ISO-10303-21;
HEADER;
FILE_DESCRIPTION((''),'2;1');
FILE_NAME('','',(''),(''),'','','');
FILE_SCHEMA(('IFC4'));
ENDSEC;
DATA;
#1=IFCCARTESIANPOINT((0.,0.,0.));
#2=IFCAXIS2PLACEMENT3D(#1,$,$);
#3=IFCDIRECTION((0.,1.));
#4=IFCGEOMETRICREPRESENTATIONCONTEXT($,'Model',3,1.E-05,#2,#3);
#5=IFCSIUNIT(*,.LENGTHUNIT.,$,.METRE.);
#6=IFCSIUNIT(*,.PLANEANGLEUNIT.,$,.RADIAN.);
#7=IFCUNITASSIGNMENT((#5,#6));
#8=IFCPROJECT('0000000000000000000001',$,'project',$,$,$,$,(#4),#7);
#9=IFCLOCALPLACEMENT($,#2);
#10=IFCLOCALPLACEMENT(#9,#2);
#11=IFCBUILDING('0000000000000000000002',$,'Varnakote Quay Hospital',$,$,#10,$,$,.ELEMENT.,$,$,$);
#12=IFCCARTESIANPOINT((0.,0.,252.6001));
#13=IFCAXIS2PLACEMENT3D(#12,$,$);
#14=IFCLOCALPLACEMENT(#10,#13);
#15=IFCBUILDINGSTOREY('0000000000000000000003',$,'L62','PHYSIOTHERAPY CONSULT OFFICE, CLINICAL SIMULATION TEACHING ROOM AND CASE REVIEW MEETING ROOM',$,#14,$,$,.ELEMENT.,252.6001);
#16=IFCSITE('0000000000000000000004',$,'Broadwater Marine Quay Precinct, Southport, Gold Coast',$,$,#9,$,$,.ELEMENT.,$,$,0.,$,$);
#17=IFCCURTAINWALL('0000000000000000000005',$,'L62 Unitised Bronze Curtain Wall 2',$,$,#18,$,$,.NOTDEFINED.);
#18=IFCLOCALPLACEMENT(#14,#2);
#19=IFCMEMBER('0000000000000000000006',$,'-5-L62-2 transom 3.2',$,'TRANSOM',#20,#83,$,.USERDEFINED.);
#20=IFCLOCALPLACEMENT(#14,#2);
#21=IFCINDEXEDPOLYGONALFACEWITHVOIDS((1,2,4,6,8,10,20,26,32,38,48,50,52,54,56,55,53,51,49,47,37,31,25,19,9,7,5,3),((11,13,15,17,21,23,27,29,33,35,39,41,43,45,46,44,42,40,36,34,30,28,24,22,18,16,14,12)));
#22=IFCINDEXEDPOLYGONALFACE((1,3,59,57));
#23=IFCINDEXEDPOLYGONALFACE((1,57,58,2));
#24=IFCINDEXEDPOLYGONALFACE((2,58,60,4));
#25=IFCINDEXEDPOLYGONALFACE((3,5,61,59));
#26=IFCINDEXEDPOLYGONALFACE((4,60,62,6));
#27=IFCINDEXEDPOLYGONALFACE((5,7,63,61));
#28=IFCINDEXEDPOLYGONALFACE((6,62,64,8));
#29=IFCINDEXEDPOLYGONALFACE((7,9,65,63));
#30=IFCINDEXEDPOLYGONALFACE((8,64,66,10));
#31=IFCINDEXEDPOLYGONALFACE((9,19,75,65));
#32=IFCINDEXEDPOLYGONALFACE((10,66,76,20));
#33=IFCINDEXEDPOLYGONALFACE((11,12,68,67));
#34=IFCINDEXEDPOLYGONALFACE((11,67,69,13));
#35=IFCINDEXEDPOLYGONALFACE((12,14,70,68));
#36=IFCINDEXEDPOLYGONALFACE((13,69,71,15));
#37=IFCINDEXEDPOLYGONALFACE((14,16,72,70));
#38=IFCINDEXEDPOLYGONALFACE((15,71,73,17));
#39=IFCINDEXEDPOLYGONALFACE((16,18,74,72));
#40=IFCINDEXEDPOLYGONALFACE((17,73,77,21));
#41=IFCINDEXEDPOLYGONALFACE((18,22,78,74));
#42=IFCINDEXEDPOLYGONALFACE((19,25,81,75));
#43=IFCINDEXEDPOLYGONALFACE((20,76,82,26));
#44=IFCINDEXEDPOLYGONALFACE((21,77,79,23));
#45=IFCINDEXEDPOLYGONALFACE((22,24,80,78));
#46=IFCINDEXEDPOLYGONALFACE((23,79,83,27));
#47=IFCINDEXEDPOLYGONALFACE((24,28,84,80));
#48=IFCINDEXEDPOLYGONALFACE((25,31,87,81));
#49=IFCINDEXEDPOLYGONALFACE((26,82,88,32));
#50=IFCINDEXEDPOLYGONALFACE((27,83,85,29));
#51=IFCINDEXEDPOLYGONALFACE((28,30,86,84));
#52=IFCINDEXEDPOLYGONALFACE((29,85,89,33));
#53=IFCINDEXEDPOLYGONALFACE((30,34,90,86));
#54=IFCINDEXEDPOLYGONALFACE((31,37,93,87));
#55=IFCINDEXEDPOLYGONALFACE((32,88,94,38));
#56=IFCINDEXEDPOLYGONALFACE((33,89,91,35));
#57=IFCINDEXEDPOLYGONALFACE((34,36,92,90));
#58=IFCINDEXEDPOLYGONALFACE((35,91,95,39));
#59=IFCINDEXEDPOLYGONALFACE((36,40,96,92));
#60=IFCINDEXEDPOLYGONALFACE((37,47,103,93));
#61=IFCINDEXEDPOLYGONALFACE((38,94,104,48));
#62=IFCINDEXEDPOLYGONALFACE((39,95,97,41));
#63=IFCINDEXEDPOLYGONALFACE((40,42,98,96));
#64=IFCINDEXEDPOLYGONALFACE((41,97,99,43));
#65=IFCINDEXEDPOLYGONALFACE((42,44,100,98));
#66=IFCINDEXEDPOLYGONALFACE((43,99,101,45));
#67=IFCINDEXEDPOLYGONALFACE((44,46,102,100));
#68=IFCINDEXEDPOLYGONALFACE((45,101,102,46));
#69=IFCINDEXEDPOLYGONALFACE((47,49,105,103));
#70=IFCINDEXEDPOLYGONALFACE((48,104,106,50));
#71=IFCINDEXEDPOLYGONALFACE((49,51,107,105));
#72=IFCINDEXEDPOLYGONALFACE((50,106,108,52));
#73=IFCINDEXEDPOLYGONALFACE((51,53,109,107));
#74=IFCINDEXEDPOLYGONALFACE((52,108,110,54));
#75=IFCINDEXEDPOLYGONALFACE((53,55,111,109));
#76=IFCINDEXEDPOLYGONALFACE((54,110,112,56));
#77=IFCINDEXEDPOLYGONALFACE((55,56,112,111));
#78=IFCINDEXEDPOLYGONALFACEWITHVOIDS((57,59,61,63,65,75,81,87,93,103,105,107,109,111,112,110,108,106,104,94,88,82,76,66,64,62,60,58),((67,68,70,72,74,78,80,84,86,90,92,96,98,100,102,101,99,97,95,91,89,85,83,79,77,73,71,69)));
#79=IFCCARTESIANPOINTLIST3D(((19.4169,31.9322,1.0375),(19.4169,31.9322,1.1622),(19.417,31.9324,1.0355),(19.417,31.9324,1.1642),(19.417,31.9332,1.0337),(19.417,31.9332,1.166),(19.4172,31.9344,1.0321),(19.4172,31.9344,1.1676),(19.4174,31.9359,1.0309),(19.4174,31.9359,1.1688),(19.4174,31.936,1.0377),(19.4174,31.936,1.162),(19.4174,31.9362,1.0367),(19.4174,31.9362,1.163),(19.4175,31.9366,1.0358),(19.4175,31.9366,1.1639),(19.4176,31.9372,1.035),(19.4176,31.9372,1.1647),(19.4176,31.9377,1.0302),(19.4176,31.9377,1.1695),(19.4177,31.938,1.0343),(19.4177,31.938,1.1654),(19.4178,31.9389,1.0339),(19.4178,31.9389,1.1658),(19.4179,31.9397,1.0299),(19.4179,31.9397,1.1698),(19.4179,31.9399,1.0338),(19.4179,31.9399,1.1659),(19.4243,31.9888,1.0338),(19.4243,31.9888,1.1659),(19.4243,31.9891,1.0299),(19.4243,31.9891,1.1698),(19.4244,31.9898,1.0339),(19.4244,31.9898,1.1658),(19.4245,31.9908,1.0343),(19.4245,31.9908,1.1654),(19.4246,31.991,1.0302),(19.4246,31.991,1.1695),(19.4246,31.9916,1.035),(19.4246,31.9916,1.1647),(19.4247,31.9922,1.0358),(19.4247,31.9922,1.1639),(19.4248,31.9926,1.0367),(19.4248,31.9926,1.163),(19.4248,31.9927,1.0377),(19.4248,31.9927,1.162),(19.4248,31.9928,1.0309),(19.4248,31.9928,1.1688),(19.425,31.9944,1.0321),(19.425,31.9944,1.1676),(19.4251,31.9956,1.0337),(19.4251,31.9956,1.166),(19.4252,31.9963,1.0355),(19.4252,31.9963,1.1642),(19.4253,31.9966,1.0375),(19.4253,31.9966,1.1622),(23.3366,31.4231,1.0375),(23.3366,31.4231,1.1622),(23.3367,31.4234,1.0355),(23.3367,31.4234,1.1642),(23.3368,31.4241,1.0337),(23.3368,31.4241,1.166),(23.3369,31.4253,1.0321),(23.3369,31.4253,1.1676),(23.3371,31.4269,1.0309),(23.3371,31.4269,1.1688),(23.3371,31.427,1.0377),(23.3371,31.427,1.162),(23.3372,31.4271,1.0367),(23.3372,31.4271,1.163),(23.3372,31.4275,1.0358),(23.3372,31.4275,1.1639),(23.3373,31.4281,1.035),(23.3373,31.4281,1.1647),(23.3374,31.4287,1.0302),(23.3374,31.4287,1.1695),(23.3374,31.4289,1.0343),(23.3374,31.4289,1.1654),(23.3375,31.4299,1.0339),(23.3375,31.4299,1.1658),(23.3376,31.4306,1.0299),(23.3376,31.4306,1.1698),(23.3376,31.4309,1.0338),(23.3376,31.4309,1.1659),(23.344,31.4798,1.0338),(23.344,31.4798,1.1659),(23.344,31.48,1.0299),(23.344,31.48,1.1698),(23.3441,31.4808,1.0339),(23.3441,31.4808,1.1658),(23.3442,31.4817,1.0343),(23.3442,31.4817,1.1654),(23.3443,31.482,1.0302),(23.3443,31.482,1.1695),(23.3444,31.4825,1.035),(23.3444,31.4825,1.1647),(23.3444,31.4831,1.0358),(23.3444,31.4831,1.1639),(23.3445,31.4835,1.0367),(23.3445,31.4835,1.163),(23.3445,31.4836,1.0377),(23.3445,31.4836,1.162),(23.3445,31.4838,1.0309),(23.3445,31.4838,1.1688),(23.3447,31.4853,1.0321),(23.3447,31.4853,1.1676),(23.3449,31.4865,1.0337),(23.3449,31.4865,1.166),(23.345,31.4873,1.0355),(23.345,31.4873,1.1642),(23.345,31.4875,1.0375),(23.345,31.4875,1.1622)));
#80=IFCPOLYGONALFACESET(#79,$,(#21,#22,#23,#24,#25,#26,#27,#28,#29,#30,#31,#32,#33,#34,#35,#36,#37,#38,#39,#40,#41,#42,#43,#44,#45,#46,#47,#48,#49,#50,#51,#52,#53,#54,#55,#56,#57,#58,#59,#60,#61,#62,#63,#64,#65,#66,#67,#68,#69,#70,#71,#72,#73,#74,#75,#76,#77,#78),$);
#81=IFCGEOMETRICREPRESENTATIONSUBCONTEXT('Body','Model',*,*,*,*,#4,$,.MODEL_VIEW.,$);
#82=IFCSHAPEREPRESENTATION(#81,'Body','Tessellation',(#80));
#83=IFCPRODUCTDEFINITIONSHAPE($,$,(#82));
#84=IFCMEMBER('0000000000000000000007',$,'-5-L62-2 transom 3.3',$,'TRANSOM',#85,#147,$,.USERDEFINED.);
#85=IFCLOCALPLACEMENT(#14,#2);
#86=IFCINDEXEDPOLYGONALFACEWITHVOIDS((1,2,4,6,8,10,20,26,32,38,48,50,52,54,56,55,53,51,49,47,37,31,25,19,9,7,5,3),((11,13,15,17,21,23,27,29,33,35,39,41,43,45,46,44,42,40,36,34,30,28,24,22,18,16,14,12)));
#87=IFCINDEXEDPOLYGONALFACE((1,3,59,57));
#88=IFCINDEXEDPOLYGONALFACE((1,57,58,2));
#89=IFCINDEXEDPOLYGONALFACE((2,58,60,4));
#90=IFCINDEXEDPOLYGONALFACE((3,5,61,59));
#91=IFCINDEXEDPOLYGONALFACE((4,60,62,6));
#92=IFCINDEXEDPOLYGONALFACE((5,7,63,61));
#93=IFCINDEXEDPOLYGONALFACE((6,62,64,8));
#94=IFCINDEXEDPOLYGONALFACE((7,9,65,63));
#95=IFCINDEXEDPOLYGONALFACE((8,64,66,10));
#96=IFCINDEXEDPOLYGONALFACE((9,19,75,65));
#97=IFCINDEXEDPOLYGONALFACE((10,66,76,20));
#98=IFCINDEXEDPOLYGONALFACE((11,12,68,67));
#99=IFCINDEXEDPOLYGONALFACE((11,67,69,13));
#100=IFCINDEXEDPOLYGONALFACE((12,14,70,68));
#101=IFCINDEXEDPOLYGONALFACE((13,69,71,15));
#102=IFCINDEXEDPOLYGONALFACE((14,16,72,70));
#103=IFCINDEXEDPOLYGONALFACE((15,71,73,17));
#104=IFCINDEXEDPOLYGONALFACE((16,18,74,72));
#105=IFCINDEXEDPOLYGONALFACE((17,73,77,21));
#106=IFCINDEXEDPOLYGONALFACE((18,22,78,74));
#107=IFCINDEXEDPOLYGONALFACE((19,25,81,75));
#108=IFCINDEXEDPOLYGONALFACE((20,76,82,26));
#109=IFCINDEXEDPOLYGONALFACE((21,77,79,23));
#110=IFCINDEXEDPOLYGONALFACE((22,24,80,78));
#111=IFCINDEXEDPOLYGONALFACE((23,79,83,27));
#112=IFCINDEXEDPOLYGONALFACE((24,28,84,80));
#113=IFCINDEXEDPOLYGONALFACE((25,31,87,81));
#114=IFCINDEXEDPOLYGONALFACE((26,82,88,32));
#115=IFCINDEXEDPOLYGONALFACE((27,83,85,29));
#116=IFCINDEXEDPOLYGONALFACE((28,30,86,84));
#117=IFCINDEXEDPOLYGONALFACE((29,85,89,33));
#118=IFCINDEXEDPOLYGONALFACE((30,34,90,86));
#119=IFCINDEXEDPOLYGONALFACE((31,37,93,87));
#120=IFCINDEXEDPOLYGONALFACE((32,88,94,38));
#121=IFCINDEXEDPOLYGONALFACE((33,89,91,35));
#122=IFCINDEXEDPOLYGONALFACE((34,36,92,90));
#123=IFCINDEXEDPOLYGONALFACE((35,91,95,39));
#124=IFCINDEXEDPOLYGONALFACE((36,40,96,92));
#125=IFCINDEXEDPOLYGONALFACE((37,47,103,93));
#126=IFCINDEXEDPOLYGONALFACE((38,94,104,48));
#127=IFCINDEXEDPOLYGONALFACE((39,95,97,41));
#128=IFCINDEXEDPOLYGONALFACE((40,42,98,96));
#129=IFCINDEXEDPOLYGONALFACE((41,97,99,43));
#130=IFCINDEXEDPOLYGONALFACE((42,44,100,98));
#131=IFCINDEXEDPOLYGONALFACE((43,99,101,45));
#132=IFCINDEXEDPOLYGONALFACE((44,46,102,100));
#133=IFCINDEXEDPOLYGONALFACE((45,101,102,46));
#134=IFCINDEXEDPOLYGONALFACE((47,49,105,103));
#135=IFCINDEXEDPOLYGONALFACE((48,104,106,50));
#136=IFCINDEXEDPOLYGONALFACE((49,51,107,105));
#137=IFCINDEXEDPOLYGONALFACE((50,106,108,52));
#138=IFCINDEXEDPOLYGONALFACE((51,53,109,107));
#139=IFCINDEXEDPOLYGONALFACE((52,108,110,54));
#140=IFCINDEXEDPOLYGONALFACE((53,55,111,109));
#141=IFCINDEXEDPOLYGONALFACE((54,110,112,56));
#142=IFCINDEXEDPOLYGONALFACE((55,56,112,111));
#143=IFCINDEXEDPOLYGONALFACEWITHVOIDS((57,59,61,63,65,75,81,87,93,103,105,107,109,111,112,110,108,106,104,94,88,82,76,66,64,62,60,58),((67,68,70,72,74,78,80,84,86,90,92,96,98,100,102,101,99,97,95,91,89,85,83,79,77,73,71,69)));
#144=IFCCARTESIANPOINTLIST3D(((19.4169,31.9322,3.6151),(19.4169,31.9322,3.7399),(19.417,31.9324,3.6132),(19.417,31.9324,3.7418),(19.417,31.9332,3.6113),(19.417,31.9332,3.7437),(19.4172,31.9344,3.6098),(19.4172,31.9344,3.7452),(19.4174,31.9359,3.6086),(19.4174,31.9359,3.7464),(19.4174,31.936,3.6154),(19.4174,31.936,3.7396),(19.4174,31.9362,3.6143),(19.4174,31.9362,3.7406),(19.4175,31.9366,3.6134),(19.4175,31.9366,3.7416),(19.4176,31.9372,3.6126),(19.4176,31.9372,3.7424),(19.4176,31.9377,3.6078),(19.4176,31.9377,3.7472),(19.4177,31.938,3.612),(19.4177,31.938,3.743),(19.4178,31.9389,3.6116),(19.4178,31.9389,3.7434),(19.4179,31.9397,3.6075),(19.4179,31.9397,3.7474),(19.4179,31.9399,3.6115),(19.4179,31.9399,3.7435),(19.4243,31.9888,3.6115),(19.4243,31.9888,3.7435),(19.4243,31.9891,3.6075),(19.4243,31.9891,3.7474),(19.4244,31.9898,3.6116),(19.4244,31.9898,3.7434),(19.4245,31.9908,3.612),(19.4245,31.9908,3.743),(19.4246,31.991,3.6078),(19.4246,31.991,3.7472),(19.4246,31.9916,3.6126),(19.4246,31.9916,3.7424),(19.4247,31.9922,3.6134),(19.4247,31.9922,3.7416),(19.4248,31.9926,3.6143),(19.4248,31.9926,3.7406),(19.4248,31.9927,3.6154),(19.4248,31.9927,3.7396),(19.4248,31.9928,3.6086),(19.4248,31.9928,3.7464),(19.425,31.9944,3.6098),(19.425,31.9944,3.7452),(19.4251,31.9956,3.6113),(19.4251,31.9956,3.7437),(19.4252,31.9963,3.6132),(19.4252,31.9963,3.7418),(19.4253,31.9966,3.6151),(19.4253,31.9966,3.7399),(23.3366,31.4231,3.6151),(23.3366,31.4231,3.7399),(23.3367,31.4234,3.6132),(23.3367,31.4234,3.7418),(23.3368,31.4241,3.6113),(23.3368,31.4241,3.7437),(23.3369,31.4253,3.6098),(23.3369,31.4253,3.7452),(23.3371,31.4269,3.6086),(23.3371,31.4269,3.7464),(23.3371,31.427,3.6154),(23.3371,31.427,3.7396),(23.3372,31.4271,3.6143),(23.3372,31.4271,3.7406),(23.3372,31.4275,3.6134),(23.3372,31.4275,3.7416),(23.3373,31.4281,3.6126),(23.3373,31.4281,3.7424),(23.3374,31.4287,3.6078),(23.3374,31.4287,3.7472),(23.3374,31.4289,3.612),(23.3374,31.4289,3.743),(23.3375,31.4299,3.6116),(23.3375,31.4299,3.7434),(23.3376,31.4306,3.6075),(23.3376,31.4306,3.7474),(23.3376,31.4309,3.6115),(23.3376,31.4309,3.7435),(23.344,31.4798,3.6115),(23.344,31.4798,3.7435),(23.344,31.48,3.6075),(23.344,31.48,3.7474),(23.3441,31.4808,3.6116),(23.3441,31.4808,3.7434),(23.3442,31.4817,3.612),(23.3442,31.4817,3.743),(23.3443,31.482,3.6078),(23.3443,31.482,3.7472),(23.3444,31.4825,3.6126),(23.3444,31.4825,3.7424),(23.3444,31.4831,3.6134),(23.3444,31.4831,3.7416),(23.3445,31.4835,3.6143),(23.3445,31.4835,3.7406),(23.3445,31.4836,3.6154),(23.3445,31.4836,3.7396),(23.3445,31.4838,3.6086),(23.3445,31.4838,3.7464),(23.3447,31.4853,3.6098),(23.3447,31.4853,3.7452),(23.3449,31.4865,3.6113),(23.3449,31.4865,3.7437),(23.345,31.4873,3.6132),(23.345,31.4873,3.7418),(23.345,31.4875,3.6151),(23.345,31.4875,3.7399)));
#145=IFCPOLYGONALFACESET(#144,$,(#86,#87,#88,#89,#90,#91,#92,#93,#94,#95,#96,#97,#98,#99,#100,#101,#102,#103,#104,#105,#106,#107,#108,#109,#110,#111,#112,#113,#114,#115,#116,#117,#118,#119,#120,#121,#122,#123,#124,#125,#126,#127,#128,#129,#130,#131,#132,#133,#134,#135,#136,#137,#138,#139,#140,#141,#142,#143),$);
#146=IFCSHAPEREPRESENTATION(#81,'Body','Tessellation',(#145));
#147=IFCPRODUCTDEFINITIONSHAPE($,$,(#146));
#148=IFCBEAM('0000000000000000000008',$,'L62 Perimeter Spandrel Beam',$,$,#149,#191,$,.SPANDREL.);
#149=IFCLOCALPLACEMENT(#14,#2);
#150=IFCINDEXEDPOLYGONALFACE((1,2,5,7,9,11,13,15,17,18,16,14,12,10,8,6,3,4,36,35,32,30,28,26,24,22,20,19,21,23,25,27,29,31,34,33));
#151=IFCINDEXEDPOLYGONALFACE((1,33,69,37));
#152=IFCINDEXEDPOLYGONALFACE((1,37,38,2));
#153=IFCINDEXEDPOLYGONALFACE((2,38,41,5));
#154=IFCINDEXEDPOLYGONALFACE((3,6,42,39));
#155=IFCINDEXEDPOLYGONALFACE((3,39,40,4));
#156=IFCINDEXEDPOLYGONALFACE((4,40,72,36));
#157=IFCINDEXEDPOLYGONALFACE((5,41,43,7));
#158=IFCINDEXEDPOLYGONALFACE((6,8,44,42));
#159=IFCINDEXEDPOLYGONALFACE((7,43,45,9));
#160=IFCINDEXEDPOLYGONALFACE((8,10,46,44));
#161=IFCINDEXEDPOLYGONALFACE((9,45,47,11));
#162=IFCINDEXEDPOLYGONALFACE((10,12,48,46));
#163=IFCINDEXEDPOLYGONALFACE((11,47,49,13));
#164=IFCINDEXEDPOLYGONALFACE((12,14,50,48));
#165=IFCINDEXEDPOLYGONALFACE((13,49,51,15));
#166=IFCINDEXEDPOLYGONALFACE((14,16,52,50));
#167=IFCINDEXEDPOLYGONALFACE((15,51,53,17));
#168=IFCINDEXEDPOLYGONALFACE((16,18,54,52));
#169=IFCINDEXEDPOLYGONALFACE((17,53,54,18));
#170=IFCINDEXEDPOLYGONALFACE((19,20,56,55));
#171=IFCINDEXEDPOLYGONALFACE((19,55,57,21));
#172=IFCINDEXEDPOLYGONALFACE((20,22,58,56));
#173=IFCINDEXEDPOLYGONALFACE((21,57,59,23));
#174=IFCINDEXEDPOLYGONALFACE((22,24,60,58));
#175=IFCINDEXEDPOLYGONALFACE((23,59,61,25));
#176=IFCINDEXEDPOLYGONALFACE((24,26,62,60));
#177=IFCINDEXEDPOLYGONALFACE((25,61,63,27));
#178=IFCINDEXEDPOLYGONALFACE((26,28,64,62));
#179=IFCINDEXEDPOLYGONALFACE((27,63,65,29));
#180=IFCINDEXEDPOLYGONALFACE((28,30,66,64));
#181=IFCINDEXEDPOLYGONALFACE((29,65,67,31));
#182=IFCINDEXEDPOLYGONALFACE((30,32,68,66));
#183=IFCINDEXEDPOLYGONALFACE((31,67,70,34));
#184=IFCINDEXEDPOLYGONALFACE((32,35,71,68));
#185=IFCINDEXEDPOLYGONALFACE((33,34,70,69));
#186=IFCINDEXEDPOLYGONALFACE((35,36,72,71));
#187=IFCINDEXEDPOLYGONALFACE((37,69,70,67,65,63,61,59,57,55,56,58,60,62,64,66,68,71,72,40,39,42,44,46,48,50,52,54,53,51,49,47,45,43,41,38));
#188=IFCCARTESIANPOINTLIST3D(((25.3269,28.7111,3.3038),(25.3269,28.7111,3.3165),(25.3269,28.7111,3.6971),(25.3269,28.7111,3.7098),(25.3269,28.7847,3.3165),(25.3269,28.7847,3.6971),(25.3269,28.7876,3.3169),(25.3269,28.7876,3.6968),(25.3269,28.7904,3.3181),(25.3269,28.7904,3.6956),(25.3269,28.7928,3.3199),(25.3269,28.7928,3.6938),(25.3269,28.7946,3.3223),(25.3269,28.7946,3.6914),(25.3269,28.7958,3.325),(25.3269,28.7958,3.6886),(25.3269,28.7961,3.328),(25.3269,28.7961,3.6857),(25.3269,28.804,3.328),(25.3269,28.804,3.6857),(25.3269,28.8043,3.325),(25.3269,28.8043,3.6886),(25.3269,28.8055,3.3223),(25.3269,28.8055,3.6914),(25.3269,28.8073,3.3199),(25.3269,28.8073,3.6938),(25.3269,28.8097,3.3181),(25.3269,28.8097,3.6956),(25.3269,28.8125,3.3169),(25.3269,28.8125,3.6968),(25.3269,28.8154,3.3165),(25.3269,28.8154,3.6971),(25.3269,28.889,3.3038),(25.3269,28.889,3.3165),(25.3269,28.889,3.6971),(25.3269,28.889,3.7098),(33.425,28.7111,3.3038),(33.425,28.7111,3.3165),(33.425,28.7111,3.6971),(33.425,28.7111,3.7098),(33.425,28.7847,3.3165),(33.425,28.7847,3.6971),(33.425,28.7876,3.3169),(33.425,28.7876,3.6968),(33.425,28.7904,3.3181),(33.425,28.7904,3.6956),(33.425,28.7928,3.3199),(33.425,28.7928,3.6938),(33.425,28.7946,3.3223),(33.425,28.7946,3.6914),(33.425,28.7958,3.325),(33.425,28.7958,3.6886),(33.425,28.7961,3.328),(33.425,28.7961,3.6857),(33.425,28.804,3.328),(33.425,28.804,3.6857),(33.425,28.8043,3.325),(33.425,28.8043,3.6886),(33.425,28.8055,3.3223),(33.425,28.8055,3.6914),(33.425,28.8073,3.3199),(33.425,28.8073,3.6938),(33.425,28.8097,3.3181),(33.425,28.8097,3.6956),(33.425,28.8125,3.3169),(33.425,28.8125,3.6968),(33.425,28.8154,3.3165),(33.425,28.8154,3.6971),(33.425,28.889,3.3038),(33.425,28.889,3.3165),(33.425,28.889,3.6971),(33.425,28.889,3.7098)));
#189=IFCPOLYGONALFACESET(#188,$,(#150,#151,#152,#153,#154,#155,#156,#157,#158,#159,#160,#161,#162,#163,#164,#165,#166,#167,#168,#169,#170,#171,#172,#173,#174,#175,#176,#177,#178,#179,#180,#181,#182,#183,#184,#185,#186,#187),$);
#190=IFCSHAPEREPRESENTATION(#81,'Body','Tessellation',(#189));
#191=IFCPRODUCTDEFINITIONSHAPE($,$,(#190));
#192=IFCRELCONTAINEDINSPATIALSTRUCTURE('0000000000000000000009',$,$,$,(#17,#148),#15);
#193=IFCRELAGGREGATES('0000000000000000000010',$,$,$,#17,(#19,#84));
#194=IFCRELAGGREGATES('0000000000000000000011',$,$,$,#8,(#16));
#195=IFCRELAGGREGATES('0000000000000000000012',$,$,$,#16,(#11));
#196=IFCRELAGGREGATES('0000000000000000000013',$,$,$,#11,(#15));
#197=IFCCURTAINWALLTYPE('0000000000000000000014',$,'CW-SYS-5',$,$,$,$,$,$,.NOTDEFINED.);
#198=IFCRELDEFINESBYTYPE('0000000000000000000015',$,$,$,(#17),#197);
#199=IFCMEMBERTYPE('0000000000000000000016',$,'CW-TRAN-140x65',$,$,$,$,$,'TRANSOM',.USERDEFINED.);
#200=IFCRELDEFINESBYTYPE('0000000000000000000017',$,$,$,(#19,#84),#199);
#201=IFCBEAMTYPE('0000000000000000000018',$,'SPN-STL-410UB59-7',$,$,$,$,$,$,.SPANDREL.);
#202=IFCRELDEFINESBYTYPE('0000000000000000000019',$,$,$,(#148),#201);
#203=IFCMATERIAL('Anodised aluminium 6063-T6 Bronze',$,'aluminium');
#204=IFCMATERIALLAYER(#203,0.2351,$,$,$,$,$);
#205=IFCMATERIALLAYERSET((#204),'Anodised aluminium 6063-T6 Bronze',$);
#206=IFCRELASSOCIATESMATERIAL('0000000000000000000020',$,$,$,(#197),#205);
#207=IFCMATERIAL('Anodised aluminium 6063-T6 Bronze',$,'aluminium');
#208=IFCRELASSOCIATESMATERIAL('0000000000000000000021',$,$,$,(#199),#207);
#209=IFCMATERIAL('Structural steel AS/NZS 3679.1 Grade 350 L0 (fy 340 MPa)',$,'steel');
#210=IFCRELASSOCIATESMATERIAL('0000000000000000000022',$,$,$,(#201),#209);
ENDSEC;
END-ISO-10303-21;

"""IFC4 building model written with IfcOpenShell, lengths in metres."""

from ifc_helpers import new_model, si_unit, direction, frame, origin, origin_2d, place, context, subcontext, project, spatial, hollow_rectangle, i_section, extrude, material, layer, layer_set, material_profile, profile_set, type_object, element, aggregate, save


model = new_model("IFC4")

# Units and contexts
model_context = context("Model", 3, precision=1e-05, world=origin(), true_north=direction((0.0, 1.0)))
body_context = subcontext(model_context, "Body", "Model", "MODEL_VIEW")
ifc_project = project(units=[si_unit("LENGTHUNIT", "METRE"), si_unit("PLANEANGLEUNIT", "RADIAN")], contexts=[model_context])

# Site, building, storey
site_placement = place(None, origin())
site = spatial("IfcSite", under=ifc_project, at=site_placement, Name="Broadwater Marine Quay Precinct, Southport, Gold Coast", CompositionType="ELEMENT", RefElevation=0.0)
building_placement = place(site_placement, origin())
building = spatial("IfcBuilding", under=site, at=building_placement, Name="Varnakote Quay Hospital", CompositionType="ELEMENT")
storey_placement = place(building_placement, frame((0.0, 0.0, 252.6001)))
storey = spatial("IfcBuildingStorey", under=building, at=storey_placement, Name="L62", Description="PHYSIOTHERAPY CONSULT OFFICE, CLINICAL SIMULATION TEACHING ROOM AND CASE REVIEW MEETING ROOM", CompositionType="ELEMENT", Elevation=252.6001)

# Shared definitions
ifc_material_1 = material(Name="Anodised aluminium 6063-T6 Bronze", Category="aluminium")
ifc_layer_1 = layer(ifc_material_1, 0.2351)
ifc_layer_set_1 = layer_set([ifc_layer_1], Name="Anodised aluminium 6063-T6 Bronze")
curtain_wall_type = type_object("IfcCurtainWallType", Name="CW-SYS-5", PredefinedType="NOTDEFINED", material=ifc_layer_set_1)

# Curtain wall, members
curtain_wall_1_placement = place(storey_placement, origin())
curtain_wall_1 = element("IfcCurtainWall", 1, at=curtain_wall_1_placement, inside=storey, type_object=curtain_wall_type, Name="L62 Unitised Bronze Curtain Wall 2", PredefinedType="NOTDEFINED")
ifc_material_2 = material(Name="Anodised aluminium 6063-T6 Bronze", Category="aluminium")
ifc_material_profile_1 = material_profile(ifc_material_2, hollow_rectangle(XDim=0.0649, YDim=0.1399, WallThickness=0.0039, InnerFilletRadius=0.0039, OuterFilletRadius=0.0076, at=origin_2d()), Name="CW-TRAN-140x65")
ifc_profile_set_1 = profile_set([ifc_material_profile_1], Name="Anodised aluminium 6063-T6 Bronze")
member_type_1 = type_object("IfcMemberType", Name="CW-TRAN-140x65", ElementType="TRANSOM", PredefinedType="USERDEFINED", material=ifc_profile_set_1)
member_1_placement = place(storey_placement, frame((23.3408, 31.4553, 1.0999), z_axis=(-0.991673, 0.128785, 0.0), x_axis=(-0.128785, -0.991673, 0.0)))
member_1 = element("IfcMember", 2, at=member_1_placement, type_object=member_type_1, Name="-5-L62-2 transom 3.2", ObjectType="TRANSOM", PredefinedType="USERDEFINED", context=body_context, shape_type="SweptSolid", body=[
    extrude(hollow_rectangle(XDim=0.0649, YDim=0.1399, WallThickness=0.0039, InnerFilletRadius=0.0039, OuterFilletRadius=0.0076, at=origin_2d()), origin(), (0.0, 0.0, 1.0), 3.9526),
])
member_2_placement = place(storey_placement, frame((23.3408, 31.4553, 3.6775), z_axis=(-0.991673, 0.128785, 0.0), x_axis=(-0.128785, -0.991673, 0.0)))
member_2 = element("IfcMember", 3, at=member_2_placement, type_object=member_type_1, Name="-5-L62-2 transom 3.3", ObjectType="TRANSOM", PredefinedType="USERDEFINED", context=body_context, shape_type="SweptSolid", body=[
    extrude(hollow_rectangle(XDim=0.0649, YDim=0.1399, WallThickness=0.0039, InnerFilletRadius=0.0039, OuterFilletRadius=0.0076, at=origin_2d()), origin(), (0.0, 0.0, 1.0), 3.9526),
])

# Beam
ifc_material_3 = material(Name="Structural steel AS/NZS 3679.1 Grade 350 L0 (fy 340 MPa)", Category="steel")
ifc_material_profile_2 = material_profile(ifc_material_3, i_section(OverallWidth=0.178, OverallDepth=0.406, WebThickness=0.0078, FlangeThickness=0.0127, FilletRadius=0.0115, at=origin_2d()), Name="410UB59.7")
ifc_profile_set_2 = profile_set([ifc_material_profile_2], Name="Structural steel AS/NZS 3679.1 Grade 350 L0 (fy 340 MPa)")
beam_type = type_object("IfcBeamType", Name="SPN-STL-410UB59-7", PredefinedType="SPANDREL", material=ifc_profile_set_2)
beam_placement = place(storey_placement, frame((25.3269, 28.8, 3.5068), z_axis=(1.0, 0.0, 0.0), x_axis=(0.0, 1.0, 0.0)))
element("IfcBeam", 4, at=beam_placement, inside=storey, type_object=beam_type, Name="L62 Perimeter Spandrel Beam", PredefinedType="SPANDREL", context=body_context, shape_type="SweptSolid", body=[
    extrude(i_section(OverallWidth=0.178, OverallDepth=0.406, WebThickness=0.0078, FlangeThickness=0.0127, FilletRadius=0.0115, at=origin_2d()), origin(), (0.0, 0.0, 1.0), 8.0981),
])

aggregate(curtain_wall_1, [member_1, member_2])

save(model, "model.ifc")
